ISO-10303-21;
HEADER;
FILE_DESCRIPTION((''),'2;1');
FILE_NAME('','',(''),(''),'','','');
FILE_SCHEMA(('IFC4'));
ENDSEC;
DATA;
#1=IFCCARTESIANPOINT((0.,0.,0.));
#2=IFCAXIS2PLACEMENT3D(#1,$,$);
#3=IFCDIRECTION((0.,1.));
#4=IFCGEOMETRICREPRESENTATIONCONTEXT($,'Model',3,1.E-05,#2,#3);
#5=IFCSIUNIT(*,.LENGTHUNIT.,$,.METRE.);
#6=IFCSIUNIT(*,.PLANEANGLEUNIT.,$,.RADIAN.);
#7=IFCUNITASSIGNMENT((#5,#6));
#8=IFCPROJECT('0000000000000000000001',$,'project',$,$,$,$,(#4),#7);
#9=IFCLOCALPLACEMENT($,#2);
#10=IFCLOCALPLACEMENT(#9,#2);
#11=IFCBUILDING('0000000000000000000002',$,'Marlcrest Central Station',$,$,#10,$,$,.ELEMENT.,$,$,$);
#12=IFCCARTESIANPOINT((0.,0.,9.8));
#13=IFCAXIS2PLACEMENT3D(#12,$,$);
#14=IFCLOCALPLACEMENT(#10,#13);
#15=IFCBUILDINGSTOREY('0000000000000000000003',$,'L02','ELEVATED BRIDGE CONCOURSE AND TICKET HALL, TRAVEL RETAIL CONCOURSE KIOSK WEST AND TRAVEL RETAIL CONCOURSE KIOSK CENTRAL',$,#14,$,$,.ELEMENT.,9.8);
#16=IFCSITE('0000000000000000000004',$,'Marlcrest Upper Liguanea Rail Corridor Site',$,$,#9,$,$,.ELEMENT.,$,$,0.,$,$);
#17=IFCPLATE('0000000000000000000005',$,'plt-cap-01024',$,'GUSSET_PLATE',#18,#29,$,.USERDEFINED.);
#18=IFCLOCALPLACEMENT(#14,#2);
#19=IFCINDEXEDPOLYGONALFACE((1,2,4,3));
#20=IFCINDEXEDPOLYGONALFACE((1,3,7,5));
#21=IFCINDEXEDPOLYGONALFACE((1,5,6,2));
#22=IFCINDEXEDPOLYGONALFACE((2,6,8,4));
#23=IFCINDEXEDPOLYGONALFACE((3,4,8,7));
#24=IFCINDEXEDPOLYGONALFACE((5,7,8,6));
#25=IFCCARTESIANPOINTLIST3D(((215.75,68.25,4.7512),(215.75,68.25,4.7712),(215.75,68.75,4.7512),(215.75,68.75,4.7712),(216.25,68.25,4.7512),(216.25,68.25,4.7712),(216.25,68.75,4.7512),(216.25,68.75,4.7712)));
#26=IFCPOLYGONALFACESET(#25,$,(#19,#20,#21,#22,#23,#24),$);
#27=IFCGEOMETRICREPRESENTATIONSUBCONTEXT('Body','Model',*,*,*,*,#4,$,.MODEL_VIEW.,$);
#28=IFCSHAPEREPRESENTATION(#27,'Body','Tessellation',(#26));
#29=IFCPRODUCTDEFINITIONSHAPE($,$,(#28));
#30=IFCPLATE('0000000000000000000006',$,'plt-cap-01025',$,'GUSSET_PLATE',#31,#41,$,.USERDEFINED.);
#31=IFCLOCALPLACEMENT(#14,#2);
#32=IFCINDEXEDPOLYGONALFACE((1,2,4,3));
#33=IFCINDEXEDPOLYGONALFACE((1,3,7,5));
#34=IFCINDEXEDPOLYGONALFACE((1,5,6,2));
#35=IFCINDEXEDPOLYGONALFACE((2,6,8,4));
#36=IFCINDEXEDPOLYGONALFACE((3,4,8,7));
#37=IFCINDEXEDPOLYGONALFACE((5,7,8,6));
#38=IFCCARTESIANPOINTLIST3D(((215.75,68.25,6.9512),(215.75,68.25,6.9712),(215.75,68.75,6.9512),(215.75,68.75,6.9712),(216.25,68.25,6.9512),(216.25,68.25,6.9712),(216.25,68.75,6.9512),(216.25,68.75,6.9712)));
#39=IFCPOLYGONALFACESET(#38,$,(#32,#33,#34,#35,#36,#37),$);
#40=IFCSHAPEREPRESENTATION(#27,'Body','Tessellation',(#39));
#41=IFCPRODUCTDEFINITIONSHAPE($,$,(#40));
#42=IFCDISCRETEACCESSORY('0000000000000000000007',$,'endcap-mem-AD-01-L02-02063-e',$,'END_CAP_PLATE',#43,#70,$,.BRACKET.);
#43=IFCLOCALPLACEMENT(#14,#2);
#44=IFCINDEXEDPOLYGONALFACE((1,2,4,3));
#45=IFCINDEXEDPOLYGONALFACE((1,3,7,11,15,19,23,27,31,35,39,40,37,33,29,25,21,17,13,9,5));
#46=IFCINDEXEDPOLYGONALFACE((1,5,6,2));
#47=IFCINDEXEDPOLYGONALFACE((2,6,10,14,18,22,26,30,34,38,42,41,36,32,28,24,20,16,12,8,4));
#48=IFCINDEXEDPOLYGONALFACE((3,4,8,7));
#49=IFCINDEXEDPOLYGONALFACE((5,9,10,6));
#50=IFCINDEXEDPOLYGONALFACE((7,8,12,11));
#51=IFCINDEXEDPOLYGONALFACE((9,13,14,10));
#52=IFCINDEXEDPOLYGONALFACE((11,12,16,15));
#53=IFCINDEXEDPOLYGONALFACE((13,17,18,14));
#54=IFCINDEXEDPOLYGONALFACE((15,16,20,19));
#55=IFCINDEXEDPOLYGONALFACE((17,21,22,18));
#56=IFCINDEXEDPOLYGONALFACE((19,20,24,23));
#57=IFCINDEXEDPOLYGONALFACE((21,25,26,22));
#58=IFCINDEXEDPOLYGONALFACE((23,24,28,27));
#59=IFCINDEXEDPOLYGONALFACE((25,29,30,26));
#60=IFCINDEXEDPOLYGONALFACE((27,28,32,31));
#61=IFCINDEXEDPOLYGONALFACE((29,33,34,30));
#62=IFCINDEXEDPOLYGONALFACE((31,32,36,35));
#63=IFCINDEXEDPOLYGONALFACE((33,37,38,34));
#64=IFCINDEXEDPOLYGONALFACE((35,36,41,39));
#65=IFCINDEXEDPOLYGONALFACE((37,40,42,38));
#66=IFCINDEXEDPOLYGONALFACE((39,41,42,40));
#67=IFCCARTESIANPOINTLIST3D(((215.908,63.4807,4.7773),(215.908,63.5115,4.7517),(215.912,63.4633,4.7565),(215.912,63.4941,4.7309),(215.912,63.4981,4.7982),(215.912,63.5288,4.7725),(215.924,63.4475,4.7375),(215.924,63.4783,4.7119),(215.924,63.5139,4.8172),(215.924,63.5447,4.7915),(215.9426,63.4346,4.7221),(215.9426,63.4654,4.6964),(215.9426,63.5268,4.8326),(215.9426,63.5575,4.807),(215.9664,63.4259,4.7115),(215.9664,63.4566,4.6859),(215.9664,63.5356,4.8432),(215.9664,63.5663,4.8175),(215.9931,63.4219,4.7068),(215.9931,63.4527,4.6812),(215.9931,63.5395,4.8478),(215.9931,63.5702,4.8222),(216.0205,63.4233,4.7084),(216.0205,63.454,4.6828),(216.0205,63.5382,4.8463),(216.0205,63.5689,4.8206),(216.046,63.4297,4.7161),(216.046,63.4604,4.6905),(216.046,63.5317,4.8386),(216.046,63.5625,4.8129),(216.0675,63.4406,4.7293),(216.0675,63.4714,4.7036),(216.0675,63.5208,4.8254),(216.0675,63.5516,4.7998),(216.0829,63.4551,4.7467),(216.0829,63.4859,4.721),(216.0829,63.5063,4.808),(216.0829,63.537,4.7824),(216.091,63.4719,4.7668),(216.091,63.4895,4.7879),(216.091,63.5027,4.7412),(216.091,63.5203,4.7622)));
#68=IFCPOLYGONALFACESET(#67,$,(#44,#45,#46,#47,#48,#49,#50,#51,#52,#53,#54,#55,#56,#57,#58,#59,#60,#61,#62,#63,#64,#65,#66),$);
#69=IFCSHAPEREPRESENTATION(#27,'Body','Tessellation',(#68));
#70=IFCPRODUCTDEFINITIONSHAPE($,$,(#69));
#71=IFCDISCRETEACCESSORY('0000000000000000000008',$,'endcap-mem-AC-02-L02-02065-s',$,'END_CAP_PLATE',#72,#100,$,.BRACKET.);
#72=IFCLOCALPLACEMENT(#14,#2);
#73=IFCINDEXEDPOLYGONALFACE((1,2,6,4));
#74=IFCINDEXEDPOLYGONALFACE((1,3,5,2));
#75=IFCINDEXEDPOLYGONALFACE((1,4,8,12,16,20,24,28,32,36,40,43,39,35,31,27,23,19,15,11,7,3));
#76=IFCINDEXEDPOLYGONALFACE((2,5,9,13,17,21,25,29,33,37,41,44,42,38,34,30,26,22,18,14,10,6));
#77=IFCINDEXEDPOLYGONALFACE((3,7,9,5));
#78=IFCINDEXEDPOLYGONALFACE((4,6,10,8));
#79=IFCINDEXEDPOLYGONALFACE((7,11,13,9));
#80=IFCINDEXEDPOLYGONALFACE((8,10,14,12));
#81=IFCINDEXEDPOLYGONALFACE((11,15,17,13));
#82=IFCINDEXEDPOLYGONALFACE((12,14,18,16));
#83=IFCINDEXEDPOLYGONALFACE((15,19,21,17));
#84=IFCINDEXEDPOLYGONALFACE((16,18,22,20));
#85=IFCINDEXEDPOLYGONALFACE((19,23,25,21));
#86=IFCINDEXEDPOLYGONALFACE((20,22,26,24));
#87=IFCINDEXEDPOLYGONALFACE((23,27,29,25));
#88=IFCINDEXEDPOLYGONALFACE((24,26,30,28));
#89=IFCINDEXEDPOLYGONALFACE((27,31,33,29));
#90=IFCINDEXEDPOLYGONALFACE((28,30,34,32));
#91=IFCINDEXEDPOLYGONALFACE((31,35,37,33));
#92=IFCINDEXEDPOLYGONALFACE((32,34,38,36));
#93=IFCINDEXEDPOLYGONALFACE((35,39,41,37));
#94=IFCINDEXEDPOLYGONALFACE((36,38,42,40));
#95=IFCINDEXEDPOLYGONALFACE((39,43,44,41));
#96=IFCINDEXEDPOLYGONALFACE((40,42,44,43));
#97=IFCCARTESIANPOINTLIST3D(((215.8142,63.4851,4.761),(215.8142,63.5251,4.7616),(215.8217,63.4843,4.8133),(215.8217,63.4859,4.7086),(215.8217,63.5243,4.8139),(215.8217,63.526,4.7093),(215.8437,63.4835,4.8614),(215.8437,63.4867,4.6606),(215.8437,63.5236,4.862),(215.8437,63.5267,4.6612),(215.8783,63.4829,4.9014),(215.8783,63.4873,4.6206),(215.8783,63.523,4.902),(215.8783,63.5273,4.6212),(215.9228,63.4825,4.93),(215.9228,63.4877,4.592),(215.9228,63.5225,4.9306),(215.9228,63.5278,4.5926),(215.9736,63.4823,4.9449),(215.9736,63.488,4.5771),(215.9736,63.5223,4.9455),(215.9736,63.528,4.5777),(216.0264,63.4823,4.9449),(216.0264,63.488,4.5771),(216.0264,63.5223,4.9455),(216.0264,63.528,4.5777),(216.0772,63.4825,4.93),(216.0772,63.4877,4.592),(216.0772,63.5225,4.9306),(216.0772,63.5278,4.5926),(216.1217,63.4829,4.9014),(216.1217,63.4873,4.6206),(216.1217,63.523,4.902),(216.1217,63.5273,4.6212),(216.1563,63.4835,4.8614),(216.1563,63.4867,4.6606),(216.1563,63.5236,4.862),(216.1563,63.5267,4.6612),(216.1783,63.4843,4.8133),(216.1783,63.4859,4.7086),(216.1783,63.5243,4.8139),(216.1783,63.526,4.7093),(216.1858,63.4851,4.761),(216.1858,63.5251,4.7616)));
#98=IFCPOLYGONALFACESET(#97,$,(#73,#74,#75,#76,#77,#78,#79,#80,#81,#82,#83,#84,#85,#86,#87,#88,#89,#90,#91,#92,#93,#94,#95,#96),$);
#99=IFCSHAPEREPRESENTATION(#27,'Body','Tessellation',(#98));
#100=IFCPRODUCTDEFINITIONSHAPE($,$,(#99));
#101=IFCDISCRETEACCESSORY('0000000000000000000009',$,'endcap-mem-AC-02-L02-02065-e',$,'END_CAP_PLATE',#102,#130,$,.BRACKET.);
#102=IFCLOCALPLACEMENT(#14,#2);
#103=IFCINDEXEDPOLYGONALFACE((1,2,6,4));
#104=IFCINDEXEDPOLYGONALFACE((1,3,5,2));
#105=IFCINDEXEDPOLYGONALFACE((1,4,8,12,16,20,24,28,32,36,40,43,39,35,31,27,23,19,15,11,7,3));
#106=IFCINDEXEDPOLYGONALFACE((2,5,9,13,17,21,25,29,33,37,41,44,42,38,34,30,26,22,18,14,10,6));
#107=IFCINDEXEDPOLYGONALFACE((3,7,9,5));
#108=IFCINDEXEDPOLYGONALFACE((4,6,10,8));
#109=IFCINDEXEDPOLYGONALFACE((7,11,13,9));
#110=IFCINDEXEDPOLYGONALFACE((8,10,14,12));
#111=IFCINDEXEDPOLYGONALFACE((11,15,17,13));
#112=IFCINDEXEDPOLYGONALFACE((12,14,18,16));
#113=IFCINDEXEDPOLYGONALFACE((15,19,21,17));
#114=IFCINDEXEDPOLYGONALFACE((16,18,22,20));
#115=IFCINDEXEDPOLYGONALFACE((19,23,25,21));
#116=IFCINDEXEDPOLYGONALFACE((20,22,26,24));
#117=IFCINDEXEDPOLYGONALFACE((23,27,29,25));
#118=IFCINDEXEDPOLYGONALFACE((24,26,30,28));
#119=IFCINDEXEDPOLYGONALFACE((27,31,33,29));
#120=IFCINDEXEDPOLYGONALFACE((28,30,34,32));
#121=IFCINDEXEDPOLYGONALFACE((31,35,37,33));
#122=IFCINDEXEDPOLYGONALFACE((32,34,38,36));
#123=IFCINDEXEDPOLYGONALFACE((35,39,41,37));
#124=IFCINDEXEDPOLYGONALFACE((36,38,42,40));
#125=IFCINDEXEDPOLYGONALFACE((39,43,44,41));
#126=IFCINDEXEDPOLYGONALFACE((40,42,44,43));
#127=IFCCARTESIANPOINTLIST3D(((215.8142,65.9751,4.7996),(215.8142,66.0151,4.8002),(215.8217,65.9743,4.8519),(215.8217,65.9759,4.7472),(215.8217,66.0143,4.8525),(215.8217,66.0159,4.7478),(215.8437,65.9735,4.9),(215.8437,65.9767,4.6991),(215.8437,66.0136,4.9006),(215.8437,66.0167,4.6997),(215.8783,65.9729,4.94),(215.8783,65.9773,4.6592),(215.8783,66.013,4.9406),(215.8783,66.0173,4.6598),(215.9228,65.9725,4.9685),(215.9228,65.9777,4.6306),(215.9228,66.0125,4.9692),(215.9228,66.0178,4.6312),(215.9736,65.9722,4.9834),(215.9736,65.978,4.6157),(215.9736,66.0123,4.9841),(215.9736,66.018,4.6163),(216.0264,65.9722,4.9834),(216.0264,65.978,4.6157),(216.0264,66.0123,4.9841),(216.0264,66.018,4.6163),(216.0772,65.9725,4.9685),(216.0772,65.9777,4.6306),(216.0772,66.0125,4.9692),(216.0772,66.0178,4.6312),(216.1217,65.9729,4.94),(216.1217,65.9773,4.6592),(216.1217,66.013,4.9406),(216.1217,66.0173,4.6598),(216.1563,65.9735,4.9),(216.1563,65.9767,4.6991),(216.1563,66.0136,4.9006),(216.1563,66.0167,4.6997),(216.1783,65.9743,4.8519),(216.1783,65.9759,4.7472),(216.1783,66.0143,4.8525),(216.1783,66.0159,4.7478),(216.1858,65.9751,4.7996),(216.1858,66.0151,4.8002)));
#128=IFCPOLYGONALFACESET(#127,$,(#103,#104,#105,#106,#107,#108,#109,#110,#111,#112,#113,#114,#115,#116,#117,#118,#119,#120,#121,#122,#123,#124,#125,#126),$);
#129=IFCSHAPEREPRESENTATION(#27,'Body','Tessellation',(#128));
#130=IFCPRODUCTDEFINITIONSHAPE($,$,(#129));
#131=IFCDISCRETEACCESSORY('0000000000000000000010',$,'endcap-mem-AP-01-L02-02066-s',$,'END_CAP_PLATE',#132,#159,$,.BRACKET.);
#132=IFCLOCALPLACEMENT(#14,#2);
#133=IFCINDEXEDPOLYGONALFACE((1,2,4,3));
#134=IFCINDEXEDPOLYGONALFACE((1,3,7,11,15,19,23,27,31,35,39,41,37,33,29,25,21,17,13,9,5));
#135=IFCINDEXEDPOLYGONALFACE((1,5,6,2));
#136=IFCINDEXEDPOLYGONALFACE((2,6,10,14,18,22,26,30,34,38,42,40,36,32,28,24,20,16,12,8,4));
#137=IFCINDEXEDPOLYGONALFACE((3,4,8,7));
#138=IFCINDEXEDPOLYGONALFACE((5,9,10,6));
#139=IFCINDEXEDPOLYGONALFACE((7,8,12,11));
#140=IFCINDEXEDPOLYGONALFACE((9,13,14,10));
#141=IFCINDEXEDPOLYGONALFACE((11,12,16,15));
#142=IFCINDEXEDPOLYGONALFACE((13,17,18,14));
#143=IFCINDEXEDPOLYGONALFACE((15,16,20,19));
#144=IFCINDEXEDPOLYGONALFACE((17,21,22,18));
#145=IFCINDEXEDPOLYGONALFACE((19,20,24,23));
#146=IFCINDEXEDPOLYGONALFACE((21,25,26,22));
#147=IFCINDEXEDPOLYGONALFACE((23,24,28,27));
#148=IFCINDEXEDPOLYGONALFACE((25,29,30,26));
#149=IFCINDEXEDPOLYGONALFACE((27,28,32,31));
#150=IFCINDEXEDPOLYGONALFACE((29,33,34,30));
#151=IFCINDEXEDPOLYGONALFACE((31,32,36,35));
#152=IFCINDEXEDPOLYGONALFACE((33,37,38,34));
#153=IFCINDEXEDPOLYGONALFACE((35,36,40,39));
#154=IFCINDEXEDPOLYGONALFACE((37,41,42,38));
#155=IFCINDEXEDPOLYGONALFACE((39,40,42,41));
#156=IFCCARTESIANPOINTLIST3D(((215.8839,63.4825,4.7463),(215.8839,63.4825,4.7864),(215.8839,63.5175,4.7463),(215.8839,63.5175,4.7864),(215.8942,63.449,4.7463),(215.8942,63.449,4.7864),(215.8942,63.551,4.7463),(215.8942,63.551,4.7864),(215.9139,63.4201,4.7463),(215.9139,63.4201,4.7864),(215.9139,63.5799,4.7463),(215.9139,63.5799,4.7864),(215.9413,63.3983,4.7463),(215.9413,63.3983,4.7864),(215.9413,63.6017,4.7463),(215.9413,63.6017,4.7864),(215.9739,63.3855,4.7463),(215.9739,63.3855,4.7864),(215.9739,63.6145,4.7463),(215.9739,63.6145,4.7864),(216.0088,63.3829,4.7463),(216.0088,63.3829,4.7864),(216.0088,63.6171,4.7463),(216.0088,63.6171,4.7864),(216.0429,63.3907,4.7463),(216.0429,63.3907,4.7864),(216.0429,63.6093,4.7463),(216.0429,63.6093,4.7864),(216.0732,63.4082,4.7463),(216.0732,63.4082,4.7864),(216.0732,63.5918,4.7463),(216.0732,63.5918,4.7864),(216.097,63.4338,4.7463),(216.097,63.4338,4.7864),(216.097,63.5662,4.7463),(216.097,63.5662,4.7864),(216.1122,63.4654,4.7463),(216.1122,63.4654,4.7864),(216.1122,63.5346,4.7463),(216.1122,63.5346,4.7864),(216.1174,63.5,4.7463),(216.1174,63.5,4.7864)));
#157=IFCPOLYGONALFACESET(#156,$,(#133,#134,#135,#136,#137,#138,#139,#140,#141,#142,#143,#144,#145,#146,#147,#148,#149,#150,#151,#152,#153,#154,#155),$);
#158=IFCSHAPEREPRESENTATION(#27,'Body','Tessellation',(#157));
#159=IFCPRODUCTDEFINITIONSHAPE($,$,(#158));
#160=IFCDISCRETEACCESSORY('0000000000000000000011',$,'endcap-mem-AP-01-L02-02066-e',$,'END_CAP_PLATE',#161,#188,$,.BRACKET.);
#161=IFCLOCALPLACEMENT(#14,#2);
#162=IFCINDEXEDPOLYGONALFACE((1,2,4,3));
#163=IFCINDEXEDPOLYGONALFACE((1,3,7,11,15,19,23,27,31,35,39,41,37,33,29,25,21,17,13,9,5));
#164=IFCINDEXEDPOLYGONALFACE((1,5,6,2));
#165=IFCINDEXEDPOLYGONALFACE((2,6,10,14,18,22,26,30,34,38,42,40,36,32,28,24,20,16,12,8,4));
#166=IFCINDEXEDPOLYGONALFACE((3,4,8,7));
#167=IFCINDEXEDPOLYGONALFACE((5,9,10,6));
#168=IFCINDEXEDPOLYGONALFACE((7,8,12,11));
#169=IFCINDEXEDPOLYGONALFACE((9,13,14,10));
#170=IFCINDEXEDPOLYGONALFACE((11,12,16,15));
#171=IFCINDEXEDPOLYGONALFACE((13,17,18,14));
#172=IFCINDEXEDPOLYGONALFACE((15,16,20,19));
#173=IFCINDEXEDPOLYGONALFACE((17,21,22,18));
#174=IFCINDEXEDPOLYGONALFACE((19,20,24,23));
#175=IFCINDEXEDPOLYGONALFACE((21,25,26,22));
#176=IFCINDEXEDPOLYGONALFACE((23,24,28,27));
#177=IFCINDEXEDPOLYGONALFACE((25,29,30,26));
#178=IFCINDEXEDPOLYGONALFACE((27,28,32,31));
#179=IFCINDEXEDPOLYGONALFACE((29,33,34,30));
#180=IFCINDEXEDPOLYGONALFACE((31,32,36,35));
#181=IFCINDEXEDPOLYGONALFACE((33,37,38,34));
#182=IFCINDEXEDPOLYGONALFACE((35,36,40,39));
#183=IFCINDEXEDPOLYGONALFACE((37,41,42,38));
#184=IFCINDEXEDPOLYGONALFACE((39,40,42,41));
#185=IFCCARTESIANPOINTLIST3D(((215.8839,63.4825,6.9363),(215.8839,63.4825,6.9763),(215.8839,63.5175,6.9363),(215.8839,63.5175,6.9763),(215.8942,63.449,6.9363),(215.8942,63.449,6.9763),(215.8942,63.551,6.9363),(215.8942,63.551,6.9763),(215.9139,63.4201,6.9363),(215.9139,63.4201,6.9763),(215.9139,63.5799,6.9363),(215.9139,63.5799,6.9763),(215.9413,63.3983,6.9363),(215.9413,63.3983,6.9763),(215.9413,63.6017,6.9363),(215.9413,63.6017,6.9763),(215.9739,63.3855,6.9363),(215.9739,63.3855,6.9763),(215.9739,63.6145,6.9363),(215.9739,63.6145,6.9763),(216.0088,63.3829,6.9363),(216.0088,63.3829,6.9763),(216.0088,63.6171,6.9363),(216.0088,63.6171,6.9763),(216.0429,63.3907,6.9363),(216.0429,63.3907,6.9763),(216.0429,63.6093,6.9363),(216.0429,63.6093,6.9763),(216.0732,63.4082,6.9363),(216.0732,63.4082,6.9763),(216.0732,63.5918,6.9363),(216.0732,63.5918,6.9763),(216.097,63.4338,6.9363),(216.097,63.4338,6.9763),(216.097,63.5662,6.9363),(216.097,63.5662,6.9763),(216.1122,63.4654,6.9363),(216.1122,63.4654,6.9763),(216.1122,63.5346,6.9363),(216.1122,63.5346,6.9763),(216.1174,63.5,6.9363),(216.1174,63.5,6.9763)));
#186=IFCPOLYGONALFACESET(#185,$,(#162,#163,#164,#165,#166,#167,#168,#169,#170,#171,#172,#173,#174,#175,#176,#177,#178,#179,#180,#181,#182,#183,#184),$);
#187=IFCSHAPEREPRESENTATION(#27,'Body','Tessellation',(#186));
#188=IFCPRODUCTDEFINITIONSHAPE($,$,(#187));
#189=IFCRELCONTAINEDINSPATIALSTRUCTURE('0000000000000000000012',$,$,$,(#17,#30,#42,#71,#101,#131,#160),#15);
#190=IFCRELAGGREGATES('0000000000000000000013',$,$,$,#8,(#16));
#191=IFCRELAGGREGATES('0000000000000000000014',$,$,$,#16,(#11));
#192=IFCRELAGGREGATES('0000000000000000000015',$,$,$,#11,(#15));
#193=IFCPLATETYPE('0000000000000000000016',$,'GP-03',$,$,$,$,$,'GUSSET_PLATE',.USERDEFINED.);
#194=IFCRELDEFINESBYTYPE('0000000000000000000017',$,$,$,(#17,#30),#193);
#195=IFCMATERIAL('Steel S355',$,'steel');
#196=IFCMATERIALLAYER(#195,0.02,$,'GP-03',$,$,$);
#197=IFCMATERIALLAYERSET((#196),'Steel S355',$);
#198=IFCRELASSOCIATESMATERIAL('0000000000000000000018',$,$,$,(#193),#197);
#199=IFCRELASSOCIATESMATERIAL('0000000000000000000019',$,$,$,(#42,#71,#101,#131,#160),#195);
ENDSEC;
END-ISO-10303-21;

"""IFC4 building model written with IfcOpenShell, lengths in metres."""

from ifc_helpers import new_model, si_unit, direction, frame, origin, origin_2d, place, context, subcontext, project, spatial, rectangle, circle, extrude, material, layer, layer_set, type_object, element, save


model = new_model("IFC4")

# Units and contexts
model_context = context("Model", 3, precision=1e-05, world=origin(), true_north=direction((0.0, 1.0)))
body_context = subcontext(model_context, "Body", "Model", "MODEL_VIEW")
ifc_project = project(units=[si_unit("LENGTHUNIT", "METRE"), si_unit("PLANEANGLEUNIT", "RADIAN")], contexts=[model_context])

# Site, building, storey
site_placement = place(None, origin())
site = spatial("IfcSite", under=ifc_project, at=site_placement, Name="Marlcrest Upper Liguanea Rail Corridor Site", CompositionType="ELEMENT", RefElevation=0.0)
building_placement = place(site_placement, origin())
building = spatial("IfcBuilding", under=site, at=building_placement, Name="Marlcrest Central Station", CompositionType="ELEMENT")
storey_placement = place(building_placement, frame((0.0, 0.0, 9.8)))
storey = spatial("IfcBuildingStorey", under=building, at=storey_placement, Name="L02", Description="ELEVATED BRIDGE CONCOURSE AND TICKET HALL, TRAVEL RETAIL CONCOURSE KIOSK WEST AND TRAVEL RETAIL CONCOURSE KIOSK CENTRAL", CompositionType="ELEMENT", Elevation=9.8)

# Shared definitions
ifc_material = material(Name="Steel S355", Category="steel")

# Plates
ifc_layer = layer(ifc_material, 0.02, Name="GP-03")
ifc_layer_set = layer_set([ifc_layer], Name="Steel S355")
plate_type = type_object("IfcPlateType", Name="GP-03", ElementType="GUSSET_PLATE", PredefinedType="USERDEFINED", material=ifc_layer_set)
for number, where, z_axis, x_axis, name in (
    (1, (216.0, 68.5, 4.7512), (0.0, 0.0, 1.0), (1.0, 0.0, 0.0), "plt-cap-01024"),
    (2, (216.0, 68.5, 6.9512), (0.0, 0.0, 1.0), (1.0, 0.0, 0.0), "plt-cap-01025"),
):
    element("IfcPlate", number, at=place(storey_placement, frame(where, z_axis=z_axis, x_axis=x_axis)), inside=storey, type_object=plate_type, Name=name, ObjectType="GUSSET_PLATE", PredefinedType="USERDEFINED", context=body_context, shape_type="SweptSolid", body=[
        extrude(rectangle(XDim=0.5, YDim=0.5, at=origin_2d()), origin(), (0.0, 0.0, 1.0), 0.02),
    ])

# Discrete accessories
discrete_accessory_1_placement = place(storey_placement, frame((216.0, 63.4807, 4.7773), z_axis=(0.0, 0.76816, -0.640258), x_axis=(-1.0, 0.0, 0.0)))
element("IfcDiscreteAccessory", 3, at=discrete_accessory_1_placement, inside=storey, material=ifc_material, Name="endcap-mem-AD-01-L02-02063-e", ObjectType="END_CAP_PLATE", PredefinedType="BRACKET", context=body_context, shape_type="SweptSolid", body=[
    extrude(circle(Radius=0.092, at=origin_2d()), origin(), (0.0, 0.0, 1.0), 0.04),
])
for number, where, z_axis, x_axis, name in (
    (4, (216.0, 63.4851, 4.761), (0.0, 0.999879, 0.015525), (-1.0, 0.0, 0.0), "endcap-mem-AC-02-L02-02065-s"),
    (5, (216.0, 65.9751, 4.7996), (0.0, 0.999879, 0.015525), (-1.0, 0.0, 0.0), "endcap-mem-AC-02-L02-02065-e"),
):
    element("IfcDiscreteAccessory", number, at=place(storey_placement, frame(where, z_axis=z_axis, x_axis=x_axis)), inside=storey, material=ifc_material, Name=name, ObjectType="END_CAP_PLATE", PredefinedType="BRACKET", context=body_context, shape_type="SweptSolid", body=[
        extrude(circle(Radius=0.1858, at=origin_2d()), origin(), (0.0, 0.0, 1.0), 0.04),
    ])
for number, where, z_axis, x_axis, name in (
    (6, (216.0, 63.5, 4.7463), (0.0, 0.0, 1.0), (1.0, 0.0, 0.0), "endcap-mem-AP-01-L02-02066-s"),
    (7, (216.0, 63.5, 6.9363), (0.0, 0.0, 1.0), (1.0, 0.0, 0.0), "endcap-mem-AP-01-L02-02066-e"),
):
    element("IfcDiscreteAccessory", number, at=place(storey_placement, frame(where, z_axis=z_axis, x_axis=x_axis)), inside=storey, material=ifc_material, Name=name, ObjectType="END_CAP_PLATE", PredefinedType="BRACKET", context=body_context, shape_type="SweptSolid", body=[
        extrude(circle(Radius=0.1174, at=origin_2d()), origin(), (0.0, 0.0, 1.0), 0.04),
    ])

save(model, "model.ifc")
